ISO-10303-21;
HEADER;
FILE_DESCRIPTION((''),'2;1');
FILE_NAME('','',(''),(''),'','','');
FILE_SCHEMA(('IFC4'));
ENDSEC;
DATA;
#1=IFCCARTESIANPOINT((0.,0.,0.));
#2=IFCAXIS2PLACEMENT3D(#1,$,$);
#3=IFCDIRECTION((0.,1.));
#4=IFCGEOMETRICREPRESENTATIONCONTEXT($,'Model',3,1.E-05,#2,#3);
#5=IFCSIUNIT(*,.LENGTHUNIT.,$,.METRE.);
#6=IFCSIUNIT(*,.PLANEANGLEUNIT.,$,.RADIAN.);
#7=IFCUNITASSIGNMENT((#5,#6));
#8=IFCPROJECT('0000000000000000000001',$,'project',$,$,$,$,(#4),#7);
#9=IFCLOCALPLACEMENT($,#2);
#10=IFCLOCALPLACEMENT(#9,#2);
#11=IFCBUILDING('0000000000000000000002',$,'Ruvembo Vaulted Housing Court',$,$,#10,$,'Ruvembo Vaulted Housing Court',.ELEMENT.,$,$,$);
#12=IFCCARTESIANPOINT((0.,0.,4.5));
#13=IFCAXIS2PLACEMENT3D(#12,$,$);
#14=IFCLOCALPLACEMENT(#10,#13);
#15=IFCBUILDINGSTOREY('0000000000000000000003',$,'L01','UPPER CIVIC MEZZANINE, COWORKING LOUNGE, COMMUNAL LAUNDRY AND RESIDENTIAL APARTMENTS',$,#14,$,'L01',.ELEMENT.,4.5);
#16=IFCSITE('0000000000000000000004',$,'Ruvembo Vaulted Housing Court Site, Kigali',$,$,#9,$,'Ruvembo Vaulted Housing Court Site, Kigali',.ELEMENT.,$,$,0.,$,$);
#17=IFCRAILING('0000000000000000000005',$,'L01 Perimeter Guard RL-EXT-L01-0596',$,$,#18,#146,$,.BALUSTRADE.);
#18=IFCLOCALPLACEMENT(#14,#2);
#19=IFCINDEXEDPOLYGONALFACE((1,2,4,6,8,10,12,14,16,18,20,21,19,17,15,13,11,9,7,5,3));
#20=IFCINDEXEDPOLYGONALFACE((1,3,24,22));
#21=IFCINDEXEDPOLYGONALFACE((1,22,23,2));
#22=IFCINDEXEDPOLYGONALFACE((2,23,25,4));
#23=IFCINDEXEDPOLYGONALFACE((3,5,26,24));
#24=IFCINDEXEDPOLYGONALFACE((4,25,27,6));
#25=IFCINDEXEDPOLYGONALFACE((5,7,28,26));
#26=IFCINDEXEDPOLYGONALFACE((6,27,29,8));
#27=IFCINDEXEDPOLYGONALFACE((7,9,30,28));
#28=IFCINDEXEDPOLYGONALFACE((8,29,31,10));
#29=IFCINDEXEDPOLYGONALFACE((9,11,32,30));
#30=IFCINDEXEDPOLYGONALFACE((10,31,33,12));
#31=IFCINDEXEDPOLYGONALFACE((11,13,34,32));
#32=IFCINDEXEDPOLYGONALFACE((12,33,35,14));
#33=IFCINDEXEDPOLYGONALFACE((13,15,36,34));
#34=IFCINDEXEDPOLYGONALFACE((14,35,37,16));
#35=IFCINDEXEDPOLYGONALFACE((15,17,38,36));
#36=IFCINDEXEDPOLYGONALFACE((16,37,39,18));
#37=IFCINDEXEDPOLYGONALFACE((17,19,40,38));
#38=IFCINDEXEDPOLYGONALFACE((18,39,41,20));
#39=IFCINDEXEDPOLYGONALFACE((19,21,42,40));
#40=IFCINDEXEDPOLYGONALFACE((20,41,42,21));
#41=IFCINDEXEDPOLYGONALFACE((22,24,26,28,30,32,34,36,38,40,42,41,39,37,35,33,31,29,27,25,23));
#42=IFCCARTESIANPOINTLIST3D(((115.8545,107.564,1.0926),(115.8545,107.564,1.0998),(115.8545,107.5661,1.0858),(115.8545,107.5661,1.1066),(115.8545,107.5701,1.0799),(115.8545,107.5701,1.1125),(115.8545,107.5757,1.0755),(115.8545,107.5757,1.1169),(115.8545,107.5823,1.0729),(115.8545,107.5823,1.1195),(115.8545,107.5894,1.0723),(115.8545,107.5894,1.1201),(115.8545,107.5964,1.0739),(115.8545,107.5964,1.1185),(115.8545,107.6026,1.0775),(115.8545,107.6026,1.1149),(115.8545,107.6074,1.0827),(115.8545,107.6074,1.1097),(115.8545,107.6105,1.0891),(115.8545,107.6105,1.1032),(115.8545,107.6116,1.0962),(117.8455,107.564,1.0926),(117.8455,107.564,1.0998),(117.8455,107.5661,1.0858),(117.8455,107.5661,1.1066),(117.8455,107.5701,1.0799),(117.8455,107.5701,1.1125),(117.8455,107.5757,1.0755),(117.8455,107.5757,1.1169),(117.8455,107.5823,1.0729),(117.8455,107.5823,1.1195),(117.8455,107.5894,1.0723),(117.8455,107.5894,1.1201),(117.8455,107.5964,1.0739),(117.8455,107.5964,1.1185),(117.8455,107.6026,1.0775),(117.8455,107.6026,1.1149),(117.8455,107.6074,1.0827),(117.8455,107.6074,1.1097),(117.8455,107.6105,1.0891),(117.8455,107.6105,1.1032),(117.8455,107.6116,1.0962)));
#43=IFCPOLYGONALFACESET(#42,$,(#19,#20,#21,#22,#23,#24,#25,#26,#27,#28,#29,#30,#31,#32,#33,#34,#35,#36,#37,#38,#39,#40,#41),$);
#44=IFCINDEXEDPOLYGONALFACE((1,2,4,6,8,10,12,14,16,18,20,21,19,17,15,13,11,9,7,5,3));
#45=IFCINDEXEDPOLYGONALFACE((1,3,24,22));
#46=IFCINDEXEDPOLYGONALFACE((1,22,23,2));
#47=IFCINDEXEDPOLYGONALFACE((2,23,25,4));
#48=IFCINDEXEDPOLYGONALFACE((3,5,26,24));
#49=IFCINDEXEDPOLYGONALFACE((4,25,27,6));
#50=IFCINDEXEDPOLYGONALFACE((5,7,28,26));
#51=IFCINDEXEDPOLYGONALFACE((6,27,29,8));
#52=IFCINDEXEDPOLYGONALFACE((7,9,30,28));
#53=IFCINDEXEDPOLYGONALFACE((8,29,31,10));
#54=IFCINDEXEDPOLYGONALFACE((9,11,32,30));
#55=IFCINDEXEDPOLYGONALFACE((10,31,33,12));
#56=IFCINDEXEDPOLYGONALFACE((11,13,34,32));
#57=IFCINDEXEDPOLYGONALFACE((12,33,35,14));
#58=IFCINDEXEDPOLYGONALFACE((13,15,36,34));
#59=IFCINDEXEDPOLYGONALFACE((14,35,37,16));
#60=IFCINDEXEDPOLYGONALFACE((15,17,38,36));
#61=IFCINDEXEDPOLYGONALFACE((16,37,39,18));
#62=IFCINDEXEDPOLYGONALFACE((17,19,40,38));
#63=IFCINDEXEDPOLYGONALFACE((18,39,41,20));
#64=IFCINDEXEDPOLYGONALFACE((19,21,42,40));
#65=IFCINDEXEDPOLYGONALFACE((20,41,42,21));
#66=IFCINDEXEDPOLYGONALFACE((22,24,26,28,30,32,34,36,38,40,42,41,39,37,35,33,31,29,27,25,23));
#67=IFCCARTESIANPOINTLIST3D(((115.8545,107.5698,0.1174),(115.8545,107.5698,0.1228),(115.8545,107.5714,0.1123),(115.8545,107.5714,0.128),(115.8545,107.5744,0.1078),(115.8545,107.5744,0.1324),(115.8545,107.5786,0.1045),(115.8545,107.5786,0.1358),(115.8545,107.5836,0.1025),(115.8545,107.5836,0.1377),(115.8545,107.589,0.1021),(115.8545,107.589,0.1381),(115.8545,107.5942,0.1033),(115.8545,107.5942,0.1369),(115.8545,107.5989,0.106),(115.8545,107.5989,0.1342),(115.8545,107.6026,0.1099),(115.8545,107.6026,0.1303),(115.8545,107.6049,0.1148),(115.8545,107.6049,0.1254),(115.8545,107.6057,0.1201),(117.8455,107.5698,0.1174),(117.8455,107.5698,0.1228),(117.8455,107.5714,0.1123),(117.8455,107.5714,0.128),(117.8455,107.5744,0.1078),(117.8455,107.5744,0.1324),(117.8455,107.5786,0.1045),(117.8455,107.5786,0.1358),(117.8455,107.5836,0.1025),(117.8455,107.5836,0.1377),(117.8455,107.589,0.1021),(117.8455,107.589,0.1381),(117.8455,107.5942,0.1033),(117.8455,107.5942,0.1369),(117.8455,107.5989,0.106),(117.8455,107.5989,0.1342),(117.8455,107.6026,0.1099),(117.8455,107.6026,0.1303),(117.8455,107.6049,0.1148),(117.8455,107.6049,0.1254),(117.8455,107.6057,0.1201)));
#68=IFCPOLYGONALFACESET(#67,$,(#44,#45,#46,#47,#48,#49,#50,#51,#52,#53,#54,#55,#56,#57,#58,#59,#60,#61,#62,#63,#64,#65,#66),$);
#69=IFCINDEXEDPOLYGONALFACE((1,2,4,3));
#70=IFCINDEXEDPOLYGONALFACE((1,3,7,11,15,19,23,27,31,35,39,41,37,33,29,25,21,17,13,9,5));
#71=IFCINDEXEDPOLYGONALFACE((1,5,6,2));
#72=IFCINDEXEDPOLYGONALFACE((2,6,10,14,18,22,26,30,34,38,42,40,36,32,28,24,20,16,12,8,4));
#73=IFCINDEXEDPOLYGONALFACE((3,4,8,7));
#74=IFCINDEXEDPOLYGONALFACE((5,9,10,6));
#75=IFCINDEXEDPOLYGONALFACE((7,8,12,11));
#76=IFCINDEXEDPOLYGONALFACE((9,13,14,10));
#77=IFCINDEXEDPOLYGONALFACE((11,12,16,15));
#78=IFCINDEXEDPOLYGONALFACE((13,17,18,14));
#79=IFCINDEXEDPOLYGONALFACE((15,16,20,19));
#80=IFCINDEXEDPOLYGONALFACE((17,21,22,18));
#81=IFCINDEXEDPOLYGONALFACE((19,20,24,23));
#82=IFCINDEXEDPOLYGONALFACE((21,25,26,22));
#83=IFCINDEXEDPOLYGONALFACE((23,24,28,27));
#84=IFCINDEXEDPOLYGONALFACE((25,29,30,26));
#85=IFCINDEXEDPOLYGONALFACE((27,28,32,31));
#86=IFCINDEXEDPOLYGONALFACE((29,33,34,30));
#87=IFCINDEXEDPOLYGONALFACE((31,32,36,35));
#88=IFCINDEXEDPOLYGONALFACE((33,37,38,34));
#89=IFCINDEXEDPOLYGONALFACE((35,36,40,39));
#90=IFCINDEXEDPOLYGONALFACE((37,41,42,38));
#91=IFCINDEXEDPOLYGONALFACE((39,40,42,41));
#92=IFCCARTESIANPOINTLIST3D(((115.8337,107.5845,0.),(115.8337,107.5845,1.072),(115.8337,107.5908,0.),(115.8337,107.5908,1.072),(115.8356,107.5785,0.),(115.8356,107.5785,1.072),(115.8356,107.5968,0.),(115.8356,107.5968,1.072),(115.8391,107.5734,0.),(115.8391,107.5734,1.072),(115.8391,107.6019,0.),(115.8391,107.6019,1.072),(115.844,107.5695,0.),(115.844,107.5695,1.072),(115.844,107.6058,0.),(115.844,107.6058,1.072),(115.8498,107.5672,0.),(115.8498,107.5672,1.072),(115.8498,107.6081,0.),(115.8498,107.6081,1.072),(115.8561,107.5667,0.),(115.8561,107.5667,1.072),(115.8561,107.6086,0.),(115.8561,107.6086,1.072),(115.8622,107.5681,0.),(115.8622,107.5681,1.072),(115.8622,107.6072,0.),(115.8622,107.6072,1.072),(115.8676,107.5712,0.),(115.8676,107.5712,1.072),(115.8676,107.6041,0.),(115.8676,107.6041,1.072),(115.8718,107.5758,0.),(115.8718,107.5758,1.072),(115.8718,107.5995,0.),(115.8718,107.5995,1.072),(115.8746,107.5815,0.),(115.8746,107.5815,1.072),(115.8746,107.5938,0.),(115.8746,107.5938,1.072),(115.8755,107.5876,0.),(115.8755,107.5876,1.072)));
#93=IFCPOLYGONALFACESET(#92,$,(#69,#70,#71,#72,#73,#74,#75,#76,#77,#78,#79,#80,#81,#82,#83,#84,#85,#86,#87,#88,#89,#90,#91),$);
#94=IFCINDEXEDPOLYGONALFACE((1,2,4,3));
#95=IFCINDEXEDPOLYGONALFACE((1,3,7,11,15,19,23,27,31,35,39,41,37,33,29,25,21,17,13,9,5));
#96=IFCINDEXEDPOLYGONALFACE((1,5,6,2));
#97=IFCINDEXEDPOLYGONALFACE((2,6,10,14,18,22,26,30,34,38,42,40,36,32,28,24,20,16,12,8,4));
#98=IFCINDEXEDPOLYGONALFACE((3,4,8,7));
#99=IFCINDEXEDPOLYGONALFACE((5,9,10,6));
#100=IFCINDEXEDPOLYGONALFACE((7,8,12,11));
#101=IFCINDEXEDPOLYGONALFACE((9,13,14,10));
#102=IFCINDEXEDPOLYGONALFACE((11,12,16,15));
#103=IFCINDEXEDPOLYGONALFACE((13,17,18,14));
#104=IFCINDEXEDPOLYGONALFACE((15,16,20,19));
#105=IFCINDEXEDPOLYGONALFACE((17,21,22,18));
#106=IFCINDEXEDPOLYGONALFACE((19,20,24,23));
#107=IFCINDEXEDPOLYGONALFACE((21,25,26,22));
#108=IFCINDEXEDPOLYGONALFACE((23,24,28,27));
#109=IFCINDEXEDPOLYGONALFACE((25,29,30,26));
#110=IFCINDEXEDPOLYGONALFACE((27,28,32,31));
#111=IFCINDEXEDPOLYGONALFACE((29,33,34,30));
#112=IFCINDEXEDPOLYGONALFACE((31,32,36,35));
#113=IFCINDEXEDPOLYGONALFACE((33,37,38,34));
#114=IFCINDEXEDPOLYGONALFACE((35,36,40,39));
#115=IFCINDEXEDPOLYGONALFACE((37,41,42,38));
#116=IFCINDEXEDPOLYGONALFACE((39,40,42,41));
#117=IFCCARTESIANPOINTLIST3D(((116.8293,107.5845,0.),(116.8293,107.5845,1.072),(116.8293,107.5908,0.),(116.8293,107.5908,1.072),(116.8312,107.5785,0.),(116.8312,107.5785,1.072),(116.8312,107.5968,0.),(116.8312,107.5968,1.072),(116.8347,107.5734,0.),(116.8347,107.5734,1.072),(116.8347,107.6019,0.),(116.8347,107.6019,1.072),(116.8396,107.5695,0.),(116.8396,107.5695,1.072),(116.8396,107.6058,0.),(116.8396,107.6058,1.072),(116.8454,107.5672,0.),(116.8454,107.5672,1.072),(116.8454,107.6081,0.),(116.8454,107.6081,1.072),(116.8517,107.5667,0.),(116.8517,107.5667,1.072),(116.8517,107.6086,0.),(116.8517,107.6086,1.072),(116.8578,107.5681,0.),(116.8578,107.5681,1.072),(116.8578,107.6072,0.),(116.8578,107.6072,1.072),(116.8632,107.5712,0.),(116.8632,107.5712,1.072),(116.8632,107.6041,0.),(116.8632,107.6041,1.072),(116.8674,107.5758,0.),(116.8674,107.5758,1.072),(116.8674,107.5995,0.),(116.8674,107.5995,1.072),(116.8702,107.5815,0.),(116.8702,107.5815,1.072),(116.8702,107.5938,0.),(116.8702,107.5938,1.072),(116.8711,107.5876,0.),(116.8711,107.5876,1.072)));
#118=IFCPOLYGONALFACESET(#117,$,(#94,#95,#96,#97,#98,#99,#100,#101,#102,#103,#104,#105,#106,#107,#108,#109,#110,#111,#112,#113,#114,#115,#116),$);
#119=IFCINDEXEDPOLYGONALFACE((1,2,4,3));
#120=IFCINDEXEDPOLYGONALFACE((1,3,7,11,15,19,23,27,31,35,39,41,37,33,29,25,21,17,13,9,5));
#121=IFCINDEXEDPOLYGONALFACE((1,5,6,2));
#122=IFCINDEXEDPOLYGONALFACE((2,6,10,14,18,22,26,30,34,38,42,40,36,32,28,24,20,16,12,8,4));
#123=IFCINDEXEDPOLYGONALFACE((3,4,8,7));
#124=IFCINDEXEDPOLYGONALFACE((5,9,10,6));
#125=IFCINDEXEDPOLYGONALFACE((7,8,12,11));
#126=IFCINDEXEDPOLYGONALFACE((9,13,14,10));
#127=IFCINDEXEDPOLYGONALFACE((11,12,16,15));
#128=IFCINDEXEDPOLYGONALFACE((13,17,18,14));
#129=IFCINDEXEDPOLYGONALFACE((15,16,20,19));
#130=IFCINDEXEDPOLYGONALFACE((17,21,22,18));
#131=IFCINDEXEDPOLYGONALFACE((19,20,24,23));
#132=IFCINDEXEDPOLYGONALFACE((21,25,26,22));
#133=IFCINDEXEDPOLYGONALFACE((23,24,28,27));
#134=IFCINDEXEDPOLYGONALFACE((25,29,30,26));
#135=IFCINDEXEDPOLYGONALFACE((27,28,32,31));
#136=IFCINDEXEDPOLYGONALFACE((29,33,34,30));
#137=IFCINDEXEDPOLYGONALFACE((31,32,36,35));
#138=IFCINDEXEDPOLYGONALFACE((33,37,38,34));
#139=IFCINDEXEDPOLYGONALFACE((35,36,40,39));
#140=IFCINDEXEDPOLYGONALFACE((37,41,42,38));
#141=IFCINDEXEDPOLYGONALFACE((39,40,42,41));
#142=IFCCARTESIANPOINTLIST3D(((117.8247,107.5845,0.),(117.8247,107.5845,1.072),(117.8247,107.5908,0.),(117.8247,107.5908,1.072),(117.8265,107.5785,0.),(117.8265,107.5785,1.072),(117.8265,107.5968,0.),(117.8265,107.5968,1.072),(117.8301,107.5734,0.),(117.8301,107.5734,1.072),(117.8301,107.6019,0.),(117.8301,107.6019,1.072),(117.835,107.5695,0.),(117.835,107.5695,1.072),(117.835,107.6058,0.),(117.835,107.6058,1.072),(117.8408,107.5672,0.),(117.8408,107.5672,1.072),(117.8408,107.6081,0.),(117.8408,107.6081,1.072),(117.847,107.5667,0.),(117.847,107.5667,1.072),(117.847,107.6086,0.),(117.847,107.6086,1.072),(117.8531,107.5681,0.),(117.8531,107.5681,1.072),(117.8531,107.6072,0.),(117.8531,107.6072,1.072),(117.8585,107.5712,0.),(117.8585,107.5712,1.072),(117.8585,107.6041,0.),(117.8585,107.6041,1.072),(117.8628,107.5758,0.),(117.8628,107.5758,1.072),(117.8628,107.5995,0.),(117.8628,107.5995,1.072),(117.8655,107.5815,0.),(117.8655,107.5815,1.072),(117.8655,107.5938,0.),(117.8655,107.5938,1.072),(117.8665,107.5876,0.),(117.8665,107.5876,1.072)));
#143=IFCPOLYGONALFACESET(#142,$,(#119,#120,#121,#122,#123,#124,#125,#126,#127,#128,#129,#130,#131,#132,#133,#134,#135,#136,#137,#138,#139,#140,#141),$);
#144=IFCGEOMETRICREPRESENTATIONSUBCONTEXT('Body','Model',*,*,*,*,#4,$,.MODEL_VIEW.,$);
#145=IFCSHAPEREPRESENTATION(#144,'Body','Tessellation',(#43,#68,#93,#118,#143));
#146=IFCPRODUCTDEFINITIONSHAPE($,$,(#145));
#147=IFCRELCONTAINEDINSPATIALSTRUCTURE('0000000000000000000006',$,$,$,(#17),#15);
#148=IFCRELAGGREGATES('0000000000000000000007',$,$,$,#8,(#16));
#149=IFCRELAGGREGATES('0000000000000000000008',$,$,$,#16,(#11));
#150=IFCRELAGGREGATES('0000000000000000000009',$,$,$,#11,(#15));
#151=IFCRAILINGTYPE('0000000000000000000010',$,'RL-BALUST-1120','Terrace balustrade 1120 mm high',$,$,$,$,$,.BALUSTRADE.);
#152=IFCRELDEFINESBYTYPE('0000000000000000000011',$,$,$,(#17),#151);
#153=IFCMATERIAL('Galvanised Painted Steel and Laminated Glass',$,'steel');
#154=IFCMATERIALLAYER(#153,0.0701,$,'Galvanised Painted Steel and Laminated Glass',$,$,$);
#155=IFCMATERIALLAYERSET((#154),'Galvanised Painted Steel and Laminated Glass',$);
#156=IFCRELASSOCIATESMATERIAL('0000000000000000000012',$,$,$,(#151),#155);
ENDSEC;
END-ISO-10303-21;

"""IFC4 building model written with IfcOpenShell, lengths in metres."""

from ifc_helpers import new_model, si_unit, direction, frame, origin, origin_2d, place, context, subcontext, project, spatial, circle, extrude, material, layer, layer_set, type_object, element, save


model = new_model("IFC4")

# Units and contexts
model_context = context("Model", 3, precision=1e-05, world=origin(), true_north=direction((0.0, 1.0)))
body_context = subcontext(model_context, "Body", "Model", "MODEL_VIEW")
ifc_project = project(units=[si_unit("LENGTHUNIT", "METRE"), si_unit("PLANEANGLEUNIT", "RADIAN")], contexts=[model_context])

# Site, building, storey
site_placement = place(None, origin())
site = spatial("IfcSite", under=ifc_project, at=site_placement, Name="Ruvembo Vaulted Housing Court Site, Kigali", LongName="Ruvembo Vaulted Housing Court Site, Kigali", CompositionType="ELEMENT", RefElevation=0.0)
building_placement = place(site_placement, origin())
building = spatial("IfcBuilding", under=site, at=building_placement, Name="Ruvembo Vaulted Housing Court", LongName="Ruvembo Vaulted Housing Court", CompositionType="ELEMENT")
storey_placement = place(building_placement, frame((0.0, 0.0, 4.5)))
storey = spatial("IfcBuildingStorey", under=building, at=storey_placement, Name="L01", Description="UPPER CIVIC MEZZANINE, COWORKING LOUNGE, COMMUNAL LAUNDRY AND RESIDENTIAL APARTMENTS", LongName="L01", CompositionType="ELEMENT", Elevation=4.5)

# Railing
ifc_material_1 = material(Name="Galvanised Painted Steel and Laminated Glass", Category="steel")
ifc_layer_1 = layer(ifc_material_1, 0.0701, Name="Galvanised Painted Steel and Laminated Glass")
ifc_layer_set_1 = layer_set([ifc_layer_1], Name="Galvanised Painted Steel and Laminated Glass")
railing_type = type_object("IfcRailingType", Name="RL-BALUST-1120", Description="Terrace balustrade 1120 mm high", PredefinedType="BALUSTRADE", material=ifc_layer_set_1)
railing_1_placement = place(storey_placement, frame((115.8545, 107.5876, 0.0)))
element("IfcRailing", 1, at=railing_1_placement, inside=storey, type_object=railing_type, Name="L01 Perimeter Guard RL-EXT-L01-0596", PredefinedType="BALUSTRADE", context=body_context, shape_type="SweptSolid", body=[
    extrude(circle(Radius=0.0239, at=origin_2d()), frame((0.0, 0.0, 1.0962), z_axis=(1.0, 0.0, 0.0), x_axis=(0.0, 1.0, 0.0)), (0.0, 0.0, 1.0), 1.991),
    extrude(circle(Radius=0.0181, at=origin_2d()), frame((0.0, 0.0, 0.1201), z_axis=(1.0, 0.0, 0.0), x_axis=(0.0, 1.0, 0.0)), (0.0, 0.0, 1.0), 1.991),
    extrude(circle(Radius=0.021, at=origin_2d()), origin(), (0.0, 0.0, 1.0), 1.072),
    extrude(circle(Radius=0.021, at=origin_2d()), frame((0.9956, 0.0, 0.0)), (0.0, 0.0, 1.0), 1.072),
    extrude(circle(Radius=0.021, at=origin_2d()), frame((1.991, 0.0, 0.0)), (0.0, 0.0, 1.0), 1.072),
])

save(model, "model.ifc")
